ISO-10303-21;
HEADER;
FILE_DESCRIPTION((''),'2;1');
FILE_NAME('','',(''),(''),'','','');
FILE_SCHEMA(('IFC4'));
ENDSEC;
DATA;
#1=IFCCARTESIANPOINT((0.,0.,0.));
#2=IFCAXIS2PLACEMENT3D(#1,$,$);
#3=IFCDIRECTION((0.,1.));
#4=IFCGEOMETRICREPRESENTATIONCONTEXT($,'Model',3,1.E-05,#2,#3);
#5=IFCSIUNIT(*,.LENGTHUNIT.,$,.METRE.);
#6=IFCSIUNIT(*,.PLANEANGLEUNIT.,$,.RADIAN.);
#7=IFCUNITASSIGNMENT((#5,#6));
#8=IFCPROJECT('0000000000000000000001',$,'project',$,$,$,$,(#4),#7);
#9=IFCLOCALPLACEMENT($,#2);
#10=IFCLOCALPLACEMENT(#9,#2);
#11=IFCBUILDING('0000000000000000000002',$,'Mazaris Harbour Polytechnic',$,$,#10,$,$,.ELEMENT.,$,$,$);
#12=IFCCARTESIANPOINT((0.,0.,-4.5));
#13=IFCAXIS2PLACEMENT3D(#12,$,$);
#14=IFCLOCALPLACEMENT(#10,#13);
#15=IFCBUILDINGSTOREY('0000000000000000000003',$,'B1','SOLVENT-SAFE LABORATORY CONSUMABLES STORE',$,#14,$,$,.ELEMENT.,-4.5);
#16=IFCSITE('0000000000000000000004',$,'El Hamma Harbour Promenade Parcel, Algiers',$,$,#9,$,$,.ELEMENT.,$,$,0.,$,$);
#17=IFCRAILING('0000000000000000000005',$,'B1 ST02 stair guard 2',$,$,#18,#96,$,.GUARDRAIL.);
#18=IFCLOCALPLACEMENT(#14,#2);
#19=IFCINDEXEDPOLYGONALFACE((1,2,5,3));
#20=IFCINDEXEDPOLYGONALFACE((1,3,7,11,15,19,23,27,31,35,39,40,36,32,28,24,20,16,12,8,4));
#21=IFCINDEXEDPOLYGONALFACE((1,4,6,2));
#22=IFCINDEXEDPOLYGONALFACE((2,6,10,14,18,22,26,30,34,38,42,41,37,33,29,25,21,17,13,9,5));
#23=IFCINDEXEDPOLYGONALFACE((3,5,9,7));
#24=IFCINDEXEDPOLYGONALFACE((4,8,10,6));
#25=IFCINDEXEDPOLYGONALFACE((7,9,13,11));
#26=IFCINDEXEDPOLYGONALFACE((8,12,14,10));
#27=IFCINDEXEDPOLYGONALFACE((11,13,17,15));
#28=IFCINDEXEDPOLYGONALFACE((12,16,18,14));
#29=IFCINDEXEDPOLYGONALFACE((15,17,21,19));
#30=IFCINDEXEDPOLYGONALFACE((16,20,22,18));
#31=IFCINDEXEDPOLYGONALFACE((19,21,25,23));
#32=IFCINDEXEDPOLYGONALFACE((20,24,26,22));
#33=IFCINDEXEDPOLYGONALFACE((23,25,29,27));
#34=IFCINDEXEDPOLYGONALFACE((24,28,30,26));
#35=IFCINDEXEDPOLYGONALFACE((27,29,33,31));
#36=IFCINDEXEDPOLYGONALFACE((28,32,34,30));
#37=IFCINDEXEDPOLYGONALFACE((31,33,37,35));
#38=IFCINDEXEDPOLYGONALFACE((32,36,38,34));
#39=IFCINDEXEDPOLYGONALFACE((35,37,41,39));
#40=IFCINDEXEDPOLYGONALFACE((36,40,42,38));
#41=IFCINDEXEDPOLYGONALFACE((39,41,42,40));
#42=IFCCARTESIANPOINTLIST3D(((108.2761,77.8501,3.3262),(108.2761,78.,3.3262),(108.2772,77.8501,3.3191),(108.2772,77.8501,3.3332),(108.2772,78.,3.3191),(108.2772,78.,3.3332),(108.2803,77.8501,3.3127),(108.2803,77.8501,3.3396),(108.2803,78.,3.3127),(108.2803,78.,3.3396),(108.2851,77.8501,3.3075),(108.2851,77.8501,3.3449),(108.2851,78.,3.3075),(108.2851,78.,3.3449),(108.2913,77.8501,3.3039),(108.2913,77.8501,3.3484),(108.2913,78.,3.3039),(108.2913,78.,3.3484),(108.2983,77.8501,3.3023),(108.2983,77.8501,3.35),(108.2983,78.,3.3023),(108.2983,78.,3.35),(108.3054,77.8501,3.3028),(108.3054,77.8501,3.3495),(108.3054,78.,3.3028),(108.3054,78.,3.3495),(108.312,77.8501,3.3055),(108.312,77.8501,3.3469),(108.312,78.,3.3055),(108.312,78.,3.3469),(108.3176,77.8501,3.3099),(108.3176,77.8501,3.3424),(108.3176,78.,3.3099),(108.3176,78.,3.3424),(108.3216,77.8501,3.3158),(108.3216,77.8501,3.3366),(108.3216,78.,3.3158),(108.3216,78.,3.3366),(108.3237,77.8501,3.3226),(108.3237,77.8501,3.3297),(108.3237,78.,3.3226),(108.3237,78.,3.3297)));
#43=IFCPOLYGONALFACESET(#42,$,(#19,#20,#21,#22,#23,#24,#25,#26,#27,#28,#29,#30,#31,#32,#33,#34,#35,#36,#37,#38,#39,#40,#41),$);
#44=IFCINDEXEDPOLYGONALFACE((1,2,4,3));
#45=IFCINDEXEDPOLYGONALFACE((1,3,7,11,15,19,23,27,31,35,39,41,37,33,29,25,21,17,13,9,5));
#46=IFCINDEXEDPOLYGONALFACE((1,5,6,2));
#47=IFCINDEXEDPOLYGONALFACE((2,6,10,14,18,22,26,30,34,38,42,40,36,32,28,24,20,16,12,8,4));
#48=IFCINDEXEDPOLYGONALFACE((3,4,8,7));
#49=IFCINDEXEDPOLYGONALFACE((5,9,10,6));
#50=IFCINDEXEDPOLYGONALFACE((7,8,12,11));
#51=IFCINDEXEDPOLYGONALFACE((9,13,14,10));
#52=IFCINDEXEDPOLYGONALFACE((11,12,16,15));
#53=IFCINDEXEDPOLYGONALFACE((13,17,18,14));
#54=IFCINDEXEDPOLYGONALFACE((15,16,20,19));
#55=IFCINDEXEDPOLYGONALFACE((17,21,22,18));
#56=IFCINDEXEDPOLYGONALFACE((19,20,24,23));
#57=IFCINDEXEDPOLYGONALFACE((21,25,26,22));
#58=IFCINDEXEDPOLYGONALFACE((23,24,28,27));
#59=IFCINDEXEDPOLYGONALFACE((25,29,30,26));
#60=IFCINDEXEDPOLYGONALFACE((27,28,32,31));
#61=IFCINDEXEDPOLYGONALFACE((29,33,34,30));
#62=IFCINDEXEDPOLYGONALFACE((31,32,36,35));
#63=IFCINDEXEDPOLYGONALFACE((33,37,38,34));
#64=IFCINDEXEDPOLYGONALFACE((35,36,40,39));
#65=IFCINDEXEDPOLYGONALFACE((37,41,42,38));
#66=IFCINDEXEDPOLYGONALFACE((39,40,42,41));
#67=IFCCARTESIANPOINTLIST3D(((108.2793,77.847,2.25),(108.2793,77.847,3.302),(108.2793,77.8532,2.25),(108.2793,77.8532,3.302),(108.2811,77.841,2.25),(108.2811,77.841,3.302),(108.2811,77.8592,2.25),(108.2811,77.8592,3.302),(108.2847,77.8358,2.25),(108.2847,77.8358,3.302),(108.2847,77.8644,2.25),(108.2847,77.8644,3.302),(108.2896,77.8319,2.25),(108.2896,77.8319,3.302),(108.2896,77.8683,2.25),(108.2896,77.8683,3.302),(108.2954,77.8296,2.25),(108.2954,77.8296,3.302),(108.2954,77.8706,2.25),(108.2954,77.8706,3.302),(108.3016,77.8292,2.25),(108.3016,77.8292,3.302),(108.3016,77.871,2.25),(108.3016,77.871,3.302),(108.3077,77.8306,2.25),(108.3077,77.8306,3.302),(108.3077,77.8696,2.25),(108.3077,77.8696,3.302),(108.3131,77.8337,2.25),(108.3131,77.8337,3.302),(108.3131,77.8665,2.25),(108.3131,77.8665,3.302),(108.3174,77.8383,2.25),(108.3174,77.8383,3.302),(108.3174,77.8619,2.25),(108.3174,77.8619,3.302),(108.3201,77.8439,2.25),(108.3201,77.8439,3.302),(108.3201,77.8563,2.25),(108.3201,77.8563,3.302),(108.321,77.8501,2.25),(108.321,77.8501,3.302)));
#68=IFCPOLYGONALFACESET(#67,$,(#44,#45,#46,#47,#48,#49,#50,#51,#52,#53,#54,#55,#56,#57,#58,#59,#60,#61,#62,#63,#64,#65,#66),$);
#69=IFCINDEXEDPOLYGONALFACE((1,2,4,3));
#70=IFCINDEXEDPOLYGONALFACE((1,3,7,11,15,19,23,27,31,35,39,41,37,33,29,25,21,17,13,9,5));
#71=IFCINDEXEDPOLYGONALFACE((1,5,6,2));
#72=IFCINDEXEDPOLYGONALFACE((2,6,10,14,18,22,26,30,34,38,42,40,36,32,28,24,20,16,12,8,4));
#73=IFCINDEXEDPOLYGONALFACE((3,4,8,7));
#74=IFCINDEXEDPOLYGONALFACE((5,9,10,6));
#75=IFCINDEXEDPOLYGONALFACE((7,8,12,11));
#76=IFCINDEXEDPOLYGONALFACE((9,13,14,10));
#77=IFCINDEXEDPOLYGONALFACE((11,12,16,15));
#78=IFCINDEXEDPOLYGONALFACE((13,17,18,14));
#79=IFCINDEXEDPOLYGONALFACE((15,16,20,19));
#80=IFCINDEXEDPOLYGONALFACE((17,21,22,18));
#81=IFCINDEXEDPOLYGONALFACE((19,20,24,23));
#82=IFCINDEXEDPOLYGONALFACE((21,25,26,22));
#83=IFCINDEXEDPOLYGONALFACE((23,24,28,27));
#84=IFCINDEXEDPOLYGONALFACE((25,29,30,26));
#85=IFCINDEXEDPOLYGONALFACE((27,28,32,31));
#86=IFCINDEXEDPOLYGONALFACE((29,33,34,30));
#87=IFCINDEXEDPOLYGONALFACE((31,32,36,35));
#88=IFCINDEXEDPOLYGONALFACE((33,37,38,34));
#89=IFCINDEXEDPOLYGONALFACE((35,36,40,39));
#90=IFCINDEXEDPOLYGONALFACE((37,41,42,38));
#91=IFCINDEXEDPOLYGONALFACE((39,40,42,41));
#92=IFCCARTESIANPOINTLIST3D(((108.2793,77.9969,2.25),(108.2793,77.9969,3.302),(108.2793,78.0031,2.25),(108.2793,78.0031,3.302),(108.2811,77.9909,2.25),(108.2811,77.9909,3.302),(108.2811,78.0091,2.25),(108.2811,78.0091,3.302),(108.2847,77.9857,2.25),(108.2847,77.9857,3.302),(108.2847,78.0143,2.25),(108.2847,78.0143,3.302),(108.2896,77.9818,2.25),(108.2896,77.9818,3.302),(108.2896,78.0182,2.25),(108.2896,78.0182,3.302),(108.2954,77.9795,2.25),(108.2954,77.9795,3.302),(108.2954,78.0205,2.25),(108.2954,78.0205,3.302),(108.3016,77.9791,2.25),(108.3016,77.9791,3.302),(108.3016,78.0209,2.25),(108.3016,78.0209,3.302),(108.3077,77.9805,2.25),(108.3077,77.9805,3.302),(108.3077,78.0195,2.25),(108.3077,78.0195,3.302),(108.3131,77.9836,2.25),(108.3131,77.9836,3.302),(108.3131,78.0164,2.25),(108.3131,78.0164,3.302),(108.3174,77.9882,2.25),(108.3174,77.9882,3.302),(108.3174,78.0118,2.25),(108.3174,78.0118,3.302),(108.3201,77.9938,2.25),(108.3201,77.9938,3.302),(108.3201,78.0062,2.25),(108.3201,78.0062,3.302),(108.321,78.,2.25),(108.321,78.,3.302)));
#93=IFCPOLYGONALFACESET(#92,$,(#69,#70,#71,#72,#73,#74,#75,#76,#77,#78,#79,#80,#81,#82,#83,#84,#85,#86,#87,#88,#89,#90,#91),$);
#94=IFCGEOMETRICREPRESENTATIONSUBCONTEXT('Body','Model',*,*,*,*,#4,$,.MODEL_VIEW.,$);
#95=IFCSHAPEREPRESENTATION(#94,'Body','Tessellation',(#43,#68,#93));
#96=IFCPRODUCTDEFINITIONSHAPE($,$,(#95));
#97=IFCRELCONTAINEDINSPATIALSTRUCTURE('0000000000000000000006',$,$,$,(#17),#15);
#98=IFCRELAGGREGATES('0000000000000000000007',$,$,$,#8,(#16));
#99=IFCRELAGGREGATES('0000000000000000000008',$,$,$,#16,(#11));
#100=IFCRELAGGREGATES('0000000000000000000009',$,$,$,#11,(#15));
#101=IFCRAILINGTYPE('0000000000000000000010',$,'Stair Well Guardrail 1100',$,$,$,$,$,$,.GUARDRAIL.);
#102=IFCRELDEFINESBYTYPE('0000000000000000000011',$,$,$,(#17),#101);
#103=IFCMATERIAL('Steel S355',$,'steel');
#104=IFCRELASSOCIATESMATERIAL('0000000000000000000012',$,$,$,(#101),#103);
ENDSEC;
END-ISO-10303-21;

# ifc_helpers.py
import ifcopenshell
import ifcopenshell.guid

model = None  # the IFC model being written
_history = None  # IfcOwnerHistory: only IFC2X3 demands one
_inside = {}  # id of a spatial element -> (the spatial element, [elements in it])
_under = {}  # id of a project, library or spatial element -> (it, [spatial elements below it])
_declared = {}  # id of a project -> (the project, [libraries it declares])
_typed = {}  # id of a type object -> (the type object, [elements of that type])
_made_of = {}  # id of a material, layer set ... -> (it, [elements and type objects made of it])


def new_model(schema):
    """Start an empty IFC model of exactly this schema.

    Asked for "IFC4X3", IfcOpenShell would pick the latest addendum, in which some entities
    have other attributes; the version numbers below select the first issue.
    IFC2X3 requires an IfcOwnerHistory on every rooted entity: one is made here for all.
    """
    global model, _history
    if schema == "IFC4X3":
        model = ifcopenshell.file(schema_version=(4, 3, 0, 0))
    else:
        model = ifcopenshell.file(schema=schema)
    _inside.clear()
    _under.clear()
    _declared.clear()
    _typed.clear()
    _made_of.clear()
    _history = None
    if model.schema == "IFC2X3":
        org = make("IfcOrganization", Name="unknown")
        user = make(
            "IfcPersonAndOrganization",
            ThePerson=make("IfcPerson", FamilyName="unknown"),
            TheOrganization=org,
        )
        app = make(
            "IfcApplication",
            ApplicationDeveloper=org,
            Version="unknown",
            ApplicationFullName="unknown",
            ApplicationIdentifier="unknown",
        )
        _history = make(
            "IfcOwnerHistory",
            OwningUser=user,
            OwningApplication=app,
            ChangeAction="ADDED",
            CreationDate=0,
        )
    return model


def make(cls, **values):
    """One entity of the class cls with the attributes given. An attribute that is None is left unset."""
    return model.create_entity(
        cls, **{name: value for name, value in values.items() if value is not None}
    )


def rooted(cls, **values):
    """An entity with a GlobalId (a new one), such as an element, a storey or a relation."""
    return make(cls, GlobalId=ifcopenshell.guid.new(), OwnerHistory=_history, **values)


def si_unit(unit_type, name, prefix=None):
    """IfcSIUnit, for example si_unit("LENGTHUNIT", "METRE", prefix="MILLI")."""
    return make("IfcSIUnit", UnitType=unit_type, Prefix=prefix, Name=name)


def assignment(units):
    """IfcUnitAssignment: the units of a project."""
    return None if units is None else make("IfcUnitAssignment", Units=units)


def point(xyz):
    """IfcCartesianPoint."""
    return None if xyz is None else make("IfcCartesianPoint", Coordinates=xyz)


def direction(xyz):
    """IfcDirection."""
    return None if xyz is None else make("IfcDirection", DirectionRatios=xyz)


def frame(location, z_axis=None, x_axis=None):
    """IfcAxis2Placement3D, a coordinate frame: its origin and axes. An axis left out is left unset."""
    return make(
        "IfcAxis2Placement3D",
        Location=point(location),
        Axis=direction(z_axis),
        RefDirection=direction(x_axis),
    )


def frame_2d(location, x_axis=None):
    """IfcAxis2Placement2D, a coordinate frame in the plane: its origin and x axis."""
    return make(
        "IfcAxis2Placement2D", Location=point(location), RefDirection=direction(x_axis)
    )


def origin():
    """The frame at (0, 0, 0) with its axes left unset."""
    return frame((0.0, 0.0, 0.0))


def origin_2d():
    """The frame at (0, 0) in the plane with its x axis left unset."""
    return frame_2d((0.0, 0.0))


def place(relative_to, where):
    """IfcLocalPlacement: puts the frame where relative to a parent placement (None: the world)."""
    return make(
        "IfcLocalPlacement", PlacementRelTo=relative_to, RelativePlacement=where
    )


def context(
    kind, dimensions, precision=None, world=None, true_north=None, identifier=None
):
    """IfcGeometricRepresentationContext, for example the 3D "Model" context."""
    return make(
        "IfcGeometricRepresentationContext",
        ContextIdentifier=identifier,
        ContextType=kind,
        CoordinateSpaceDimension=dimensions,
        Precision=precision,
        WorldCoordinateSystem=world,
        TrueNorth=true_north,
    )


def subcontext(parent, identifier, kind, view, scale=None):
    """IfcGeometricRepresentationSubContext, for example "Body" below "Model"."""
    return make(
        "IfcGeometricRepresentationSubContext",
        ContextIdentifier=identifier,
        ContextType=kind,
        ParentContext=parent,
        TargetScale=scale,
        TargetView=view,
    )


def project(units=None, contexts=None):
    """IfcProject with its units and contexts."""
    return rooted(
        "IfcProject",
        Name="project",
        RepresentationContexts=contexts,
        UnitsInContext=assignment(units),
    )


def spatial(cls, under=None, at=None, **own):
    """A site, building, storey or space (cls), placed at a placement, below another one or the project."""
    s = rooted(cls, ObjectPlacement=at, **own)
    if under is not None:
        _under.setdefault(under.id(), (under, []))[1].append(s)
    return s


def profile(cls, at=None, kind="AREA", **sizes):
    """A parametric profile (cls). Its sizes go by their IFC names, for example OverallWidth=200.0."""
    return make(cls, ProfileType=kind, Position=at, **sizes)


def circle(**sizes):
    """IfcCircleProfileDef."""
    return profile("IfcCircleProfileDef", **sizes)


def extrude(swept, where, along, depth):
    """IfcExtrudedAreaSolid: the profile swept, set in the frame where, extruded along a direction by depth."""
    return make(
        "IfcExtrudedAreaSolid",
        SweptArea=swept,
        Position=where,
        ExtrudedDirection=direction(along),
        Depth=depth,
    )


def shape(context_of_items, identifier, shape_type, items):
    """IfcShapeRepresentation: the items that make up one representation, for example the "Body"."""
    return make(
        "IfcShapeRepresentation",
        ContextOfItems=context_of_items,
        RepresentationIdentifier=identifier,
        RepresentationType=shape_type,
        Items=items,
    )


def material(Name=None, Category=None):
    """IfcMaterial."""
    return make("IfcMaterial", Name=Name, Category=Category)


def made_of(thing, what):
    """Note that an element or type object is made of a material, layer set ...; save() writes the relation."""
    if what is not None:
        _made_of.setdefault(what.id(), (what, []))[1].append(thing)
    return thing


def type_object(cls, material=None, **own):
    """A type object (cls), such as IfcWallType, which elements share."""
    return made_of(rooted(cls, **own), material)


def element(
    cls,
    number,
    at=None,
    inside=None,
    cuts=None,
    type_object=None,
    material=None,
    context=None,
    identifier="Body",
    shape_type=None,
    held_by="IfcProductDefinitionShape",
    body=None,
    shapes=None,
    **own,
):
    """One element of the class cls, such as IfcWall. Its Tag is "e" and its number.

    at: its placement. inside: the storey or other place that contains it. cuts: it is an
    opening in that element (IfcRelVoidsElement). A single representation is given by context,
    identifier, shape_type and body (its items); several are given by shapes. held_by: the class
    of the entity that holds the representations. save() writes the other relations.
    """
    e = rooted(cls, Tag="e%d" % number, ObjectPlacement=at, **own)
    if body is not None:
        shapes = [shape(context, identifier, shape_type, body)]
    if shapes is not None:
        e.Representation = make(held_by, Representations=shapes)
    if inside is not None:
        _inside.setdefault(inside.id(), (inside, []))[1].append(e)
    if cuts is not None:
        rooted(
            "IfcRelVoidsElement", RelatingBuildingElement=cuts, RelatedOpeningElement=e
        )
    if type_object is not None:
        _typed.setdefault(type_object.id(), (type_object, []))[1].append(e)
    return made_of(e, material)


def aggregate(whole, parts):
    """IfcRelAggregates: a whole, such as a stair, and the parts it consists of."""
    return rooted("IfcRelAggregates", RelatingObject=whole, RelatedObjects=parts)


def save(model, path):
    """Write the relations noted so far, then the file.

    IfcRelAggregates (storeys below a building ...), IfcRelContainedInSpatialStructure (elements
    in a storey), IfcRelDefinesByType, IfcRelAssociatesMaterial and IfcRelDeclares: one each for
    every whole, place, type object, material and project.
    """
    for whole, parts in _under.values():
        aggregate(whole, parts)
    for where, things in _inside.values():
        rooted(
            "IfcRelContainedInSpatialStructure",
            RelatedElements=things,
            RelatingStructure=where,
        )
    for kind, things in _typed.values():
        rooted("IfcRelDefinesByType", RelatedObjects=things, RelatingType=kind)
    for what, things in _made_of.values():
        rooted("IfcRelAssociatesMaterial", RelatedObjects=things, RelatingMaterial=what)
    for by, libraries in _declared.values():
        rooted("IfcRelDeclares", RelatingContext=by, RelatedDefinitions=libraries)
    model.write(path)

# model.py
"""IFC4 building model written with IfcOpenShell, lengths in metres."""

from ifc_helpers import new_model, si_unit, direction, frame, origin, origin_2d, place, context, subcontext, project, spatial, circle, extrude, material, type_object, element, save


model = new_model("IFC4")

# Units and contexts
model_context = context("Model", 3, precision=1e-05, world=origin(), true_north=direction((0.0, 1.0)))
body_context = subcontext(model_context, "Body", "Model", "MODEL_VIEW")
ifc_project = project(units=[si_unit("LENGTHUNIT", "METRE"), si_unit("PLANEANGLEUNIT", "RADIAN")], contexts=[model_context])

# Site, building, storey
site_placement = place(None, origin())
site = spatial("IfcSite", under=ifc_project, at=site_placement, Name="El Hamma Harbour Promenade Parcel, Algiers", CompositionType="ELEMENT", RefElevation=0.0)
building_placement = place(site_placement, origin())
building = spatial("IfcBuilding", under=site, at=building_placement, Name="Mazaris Harbour Polytechnic", CompositionType="ELEMENT")
storey_placement = place(building_placement, frame((0.0, 0.0, -4.5)))
storey = spatial("IfcBuildingStorey", under=building, at=storey_placement, Name="B1", Description="SOLVENT-SAFE LABORATORY CONSUMABLES STORE", CompositionType="ELEMENT", Elevation=-4.5)

# Railing
ifc_material_1 = material(Name="Steel S355", Category="steel")
railing_type_1 = type_object("IfcRailingType", Name="Stair Well Guardrail 1100", PredefinedType="GUARDRAIL", material=ifc_material_1)
railing_1_placement = place(storey_placement, frame((108.3, 77.8501, 2.25)))
element("IfcRailing", 1, at=railing_1_placement, inside=storey, type_object=railing_type_1, Name="B1 ST02 stair guard 2", PredefinedType="GUARDRAIL", context=body_context, shape_type="SweptSolid", body=[
    extrude(circle(Radius=0.0239, at=origin_2d()), frame((0.0, 0.0, 1.0762), z_axis=(0.0, 1.0, 0.0), x_axis=(-1.0, 0.0, 0.0)), (0.0, 0.0, 1.0), 0.1499),
    extrude(circle(Radius=0.021, at=origin_2d()), origin(), (0.0, 0.0, 1.0), 1.052),
    extrude(circle(Radius=0.021, at=origin_2d()), frame((0.0, 0.1499, 0.0)), (0.0, 0.0, 1.0), 1.052),
])

save(model, "model.ifc")
